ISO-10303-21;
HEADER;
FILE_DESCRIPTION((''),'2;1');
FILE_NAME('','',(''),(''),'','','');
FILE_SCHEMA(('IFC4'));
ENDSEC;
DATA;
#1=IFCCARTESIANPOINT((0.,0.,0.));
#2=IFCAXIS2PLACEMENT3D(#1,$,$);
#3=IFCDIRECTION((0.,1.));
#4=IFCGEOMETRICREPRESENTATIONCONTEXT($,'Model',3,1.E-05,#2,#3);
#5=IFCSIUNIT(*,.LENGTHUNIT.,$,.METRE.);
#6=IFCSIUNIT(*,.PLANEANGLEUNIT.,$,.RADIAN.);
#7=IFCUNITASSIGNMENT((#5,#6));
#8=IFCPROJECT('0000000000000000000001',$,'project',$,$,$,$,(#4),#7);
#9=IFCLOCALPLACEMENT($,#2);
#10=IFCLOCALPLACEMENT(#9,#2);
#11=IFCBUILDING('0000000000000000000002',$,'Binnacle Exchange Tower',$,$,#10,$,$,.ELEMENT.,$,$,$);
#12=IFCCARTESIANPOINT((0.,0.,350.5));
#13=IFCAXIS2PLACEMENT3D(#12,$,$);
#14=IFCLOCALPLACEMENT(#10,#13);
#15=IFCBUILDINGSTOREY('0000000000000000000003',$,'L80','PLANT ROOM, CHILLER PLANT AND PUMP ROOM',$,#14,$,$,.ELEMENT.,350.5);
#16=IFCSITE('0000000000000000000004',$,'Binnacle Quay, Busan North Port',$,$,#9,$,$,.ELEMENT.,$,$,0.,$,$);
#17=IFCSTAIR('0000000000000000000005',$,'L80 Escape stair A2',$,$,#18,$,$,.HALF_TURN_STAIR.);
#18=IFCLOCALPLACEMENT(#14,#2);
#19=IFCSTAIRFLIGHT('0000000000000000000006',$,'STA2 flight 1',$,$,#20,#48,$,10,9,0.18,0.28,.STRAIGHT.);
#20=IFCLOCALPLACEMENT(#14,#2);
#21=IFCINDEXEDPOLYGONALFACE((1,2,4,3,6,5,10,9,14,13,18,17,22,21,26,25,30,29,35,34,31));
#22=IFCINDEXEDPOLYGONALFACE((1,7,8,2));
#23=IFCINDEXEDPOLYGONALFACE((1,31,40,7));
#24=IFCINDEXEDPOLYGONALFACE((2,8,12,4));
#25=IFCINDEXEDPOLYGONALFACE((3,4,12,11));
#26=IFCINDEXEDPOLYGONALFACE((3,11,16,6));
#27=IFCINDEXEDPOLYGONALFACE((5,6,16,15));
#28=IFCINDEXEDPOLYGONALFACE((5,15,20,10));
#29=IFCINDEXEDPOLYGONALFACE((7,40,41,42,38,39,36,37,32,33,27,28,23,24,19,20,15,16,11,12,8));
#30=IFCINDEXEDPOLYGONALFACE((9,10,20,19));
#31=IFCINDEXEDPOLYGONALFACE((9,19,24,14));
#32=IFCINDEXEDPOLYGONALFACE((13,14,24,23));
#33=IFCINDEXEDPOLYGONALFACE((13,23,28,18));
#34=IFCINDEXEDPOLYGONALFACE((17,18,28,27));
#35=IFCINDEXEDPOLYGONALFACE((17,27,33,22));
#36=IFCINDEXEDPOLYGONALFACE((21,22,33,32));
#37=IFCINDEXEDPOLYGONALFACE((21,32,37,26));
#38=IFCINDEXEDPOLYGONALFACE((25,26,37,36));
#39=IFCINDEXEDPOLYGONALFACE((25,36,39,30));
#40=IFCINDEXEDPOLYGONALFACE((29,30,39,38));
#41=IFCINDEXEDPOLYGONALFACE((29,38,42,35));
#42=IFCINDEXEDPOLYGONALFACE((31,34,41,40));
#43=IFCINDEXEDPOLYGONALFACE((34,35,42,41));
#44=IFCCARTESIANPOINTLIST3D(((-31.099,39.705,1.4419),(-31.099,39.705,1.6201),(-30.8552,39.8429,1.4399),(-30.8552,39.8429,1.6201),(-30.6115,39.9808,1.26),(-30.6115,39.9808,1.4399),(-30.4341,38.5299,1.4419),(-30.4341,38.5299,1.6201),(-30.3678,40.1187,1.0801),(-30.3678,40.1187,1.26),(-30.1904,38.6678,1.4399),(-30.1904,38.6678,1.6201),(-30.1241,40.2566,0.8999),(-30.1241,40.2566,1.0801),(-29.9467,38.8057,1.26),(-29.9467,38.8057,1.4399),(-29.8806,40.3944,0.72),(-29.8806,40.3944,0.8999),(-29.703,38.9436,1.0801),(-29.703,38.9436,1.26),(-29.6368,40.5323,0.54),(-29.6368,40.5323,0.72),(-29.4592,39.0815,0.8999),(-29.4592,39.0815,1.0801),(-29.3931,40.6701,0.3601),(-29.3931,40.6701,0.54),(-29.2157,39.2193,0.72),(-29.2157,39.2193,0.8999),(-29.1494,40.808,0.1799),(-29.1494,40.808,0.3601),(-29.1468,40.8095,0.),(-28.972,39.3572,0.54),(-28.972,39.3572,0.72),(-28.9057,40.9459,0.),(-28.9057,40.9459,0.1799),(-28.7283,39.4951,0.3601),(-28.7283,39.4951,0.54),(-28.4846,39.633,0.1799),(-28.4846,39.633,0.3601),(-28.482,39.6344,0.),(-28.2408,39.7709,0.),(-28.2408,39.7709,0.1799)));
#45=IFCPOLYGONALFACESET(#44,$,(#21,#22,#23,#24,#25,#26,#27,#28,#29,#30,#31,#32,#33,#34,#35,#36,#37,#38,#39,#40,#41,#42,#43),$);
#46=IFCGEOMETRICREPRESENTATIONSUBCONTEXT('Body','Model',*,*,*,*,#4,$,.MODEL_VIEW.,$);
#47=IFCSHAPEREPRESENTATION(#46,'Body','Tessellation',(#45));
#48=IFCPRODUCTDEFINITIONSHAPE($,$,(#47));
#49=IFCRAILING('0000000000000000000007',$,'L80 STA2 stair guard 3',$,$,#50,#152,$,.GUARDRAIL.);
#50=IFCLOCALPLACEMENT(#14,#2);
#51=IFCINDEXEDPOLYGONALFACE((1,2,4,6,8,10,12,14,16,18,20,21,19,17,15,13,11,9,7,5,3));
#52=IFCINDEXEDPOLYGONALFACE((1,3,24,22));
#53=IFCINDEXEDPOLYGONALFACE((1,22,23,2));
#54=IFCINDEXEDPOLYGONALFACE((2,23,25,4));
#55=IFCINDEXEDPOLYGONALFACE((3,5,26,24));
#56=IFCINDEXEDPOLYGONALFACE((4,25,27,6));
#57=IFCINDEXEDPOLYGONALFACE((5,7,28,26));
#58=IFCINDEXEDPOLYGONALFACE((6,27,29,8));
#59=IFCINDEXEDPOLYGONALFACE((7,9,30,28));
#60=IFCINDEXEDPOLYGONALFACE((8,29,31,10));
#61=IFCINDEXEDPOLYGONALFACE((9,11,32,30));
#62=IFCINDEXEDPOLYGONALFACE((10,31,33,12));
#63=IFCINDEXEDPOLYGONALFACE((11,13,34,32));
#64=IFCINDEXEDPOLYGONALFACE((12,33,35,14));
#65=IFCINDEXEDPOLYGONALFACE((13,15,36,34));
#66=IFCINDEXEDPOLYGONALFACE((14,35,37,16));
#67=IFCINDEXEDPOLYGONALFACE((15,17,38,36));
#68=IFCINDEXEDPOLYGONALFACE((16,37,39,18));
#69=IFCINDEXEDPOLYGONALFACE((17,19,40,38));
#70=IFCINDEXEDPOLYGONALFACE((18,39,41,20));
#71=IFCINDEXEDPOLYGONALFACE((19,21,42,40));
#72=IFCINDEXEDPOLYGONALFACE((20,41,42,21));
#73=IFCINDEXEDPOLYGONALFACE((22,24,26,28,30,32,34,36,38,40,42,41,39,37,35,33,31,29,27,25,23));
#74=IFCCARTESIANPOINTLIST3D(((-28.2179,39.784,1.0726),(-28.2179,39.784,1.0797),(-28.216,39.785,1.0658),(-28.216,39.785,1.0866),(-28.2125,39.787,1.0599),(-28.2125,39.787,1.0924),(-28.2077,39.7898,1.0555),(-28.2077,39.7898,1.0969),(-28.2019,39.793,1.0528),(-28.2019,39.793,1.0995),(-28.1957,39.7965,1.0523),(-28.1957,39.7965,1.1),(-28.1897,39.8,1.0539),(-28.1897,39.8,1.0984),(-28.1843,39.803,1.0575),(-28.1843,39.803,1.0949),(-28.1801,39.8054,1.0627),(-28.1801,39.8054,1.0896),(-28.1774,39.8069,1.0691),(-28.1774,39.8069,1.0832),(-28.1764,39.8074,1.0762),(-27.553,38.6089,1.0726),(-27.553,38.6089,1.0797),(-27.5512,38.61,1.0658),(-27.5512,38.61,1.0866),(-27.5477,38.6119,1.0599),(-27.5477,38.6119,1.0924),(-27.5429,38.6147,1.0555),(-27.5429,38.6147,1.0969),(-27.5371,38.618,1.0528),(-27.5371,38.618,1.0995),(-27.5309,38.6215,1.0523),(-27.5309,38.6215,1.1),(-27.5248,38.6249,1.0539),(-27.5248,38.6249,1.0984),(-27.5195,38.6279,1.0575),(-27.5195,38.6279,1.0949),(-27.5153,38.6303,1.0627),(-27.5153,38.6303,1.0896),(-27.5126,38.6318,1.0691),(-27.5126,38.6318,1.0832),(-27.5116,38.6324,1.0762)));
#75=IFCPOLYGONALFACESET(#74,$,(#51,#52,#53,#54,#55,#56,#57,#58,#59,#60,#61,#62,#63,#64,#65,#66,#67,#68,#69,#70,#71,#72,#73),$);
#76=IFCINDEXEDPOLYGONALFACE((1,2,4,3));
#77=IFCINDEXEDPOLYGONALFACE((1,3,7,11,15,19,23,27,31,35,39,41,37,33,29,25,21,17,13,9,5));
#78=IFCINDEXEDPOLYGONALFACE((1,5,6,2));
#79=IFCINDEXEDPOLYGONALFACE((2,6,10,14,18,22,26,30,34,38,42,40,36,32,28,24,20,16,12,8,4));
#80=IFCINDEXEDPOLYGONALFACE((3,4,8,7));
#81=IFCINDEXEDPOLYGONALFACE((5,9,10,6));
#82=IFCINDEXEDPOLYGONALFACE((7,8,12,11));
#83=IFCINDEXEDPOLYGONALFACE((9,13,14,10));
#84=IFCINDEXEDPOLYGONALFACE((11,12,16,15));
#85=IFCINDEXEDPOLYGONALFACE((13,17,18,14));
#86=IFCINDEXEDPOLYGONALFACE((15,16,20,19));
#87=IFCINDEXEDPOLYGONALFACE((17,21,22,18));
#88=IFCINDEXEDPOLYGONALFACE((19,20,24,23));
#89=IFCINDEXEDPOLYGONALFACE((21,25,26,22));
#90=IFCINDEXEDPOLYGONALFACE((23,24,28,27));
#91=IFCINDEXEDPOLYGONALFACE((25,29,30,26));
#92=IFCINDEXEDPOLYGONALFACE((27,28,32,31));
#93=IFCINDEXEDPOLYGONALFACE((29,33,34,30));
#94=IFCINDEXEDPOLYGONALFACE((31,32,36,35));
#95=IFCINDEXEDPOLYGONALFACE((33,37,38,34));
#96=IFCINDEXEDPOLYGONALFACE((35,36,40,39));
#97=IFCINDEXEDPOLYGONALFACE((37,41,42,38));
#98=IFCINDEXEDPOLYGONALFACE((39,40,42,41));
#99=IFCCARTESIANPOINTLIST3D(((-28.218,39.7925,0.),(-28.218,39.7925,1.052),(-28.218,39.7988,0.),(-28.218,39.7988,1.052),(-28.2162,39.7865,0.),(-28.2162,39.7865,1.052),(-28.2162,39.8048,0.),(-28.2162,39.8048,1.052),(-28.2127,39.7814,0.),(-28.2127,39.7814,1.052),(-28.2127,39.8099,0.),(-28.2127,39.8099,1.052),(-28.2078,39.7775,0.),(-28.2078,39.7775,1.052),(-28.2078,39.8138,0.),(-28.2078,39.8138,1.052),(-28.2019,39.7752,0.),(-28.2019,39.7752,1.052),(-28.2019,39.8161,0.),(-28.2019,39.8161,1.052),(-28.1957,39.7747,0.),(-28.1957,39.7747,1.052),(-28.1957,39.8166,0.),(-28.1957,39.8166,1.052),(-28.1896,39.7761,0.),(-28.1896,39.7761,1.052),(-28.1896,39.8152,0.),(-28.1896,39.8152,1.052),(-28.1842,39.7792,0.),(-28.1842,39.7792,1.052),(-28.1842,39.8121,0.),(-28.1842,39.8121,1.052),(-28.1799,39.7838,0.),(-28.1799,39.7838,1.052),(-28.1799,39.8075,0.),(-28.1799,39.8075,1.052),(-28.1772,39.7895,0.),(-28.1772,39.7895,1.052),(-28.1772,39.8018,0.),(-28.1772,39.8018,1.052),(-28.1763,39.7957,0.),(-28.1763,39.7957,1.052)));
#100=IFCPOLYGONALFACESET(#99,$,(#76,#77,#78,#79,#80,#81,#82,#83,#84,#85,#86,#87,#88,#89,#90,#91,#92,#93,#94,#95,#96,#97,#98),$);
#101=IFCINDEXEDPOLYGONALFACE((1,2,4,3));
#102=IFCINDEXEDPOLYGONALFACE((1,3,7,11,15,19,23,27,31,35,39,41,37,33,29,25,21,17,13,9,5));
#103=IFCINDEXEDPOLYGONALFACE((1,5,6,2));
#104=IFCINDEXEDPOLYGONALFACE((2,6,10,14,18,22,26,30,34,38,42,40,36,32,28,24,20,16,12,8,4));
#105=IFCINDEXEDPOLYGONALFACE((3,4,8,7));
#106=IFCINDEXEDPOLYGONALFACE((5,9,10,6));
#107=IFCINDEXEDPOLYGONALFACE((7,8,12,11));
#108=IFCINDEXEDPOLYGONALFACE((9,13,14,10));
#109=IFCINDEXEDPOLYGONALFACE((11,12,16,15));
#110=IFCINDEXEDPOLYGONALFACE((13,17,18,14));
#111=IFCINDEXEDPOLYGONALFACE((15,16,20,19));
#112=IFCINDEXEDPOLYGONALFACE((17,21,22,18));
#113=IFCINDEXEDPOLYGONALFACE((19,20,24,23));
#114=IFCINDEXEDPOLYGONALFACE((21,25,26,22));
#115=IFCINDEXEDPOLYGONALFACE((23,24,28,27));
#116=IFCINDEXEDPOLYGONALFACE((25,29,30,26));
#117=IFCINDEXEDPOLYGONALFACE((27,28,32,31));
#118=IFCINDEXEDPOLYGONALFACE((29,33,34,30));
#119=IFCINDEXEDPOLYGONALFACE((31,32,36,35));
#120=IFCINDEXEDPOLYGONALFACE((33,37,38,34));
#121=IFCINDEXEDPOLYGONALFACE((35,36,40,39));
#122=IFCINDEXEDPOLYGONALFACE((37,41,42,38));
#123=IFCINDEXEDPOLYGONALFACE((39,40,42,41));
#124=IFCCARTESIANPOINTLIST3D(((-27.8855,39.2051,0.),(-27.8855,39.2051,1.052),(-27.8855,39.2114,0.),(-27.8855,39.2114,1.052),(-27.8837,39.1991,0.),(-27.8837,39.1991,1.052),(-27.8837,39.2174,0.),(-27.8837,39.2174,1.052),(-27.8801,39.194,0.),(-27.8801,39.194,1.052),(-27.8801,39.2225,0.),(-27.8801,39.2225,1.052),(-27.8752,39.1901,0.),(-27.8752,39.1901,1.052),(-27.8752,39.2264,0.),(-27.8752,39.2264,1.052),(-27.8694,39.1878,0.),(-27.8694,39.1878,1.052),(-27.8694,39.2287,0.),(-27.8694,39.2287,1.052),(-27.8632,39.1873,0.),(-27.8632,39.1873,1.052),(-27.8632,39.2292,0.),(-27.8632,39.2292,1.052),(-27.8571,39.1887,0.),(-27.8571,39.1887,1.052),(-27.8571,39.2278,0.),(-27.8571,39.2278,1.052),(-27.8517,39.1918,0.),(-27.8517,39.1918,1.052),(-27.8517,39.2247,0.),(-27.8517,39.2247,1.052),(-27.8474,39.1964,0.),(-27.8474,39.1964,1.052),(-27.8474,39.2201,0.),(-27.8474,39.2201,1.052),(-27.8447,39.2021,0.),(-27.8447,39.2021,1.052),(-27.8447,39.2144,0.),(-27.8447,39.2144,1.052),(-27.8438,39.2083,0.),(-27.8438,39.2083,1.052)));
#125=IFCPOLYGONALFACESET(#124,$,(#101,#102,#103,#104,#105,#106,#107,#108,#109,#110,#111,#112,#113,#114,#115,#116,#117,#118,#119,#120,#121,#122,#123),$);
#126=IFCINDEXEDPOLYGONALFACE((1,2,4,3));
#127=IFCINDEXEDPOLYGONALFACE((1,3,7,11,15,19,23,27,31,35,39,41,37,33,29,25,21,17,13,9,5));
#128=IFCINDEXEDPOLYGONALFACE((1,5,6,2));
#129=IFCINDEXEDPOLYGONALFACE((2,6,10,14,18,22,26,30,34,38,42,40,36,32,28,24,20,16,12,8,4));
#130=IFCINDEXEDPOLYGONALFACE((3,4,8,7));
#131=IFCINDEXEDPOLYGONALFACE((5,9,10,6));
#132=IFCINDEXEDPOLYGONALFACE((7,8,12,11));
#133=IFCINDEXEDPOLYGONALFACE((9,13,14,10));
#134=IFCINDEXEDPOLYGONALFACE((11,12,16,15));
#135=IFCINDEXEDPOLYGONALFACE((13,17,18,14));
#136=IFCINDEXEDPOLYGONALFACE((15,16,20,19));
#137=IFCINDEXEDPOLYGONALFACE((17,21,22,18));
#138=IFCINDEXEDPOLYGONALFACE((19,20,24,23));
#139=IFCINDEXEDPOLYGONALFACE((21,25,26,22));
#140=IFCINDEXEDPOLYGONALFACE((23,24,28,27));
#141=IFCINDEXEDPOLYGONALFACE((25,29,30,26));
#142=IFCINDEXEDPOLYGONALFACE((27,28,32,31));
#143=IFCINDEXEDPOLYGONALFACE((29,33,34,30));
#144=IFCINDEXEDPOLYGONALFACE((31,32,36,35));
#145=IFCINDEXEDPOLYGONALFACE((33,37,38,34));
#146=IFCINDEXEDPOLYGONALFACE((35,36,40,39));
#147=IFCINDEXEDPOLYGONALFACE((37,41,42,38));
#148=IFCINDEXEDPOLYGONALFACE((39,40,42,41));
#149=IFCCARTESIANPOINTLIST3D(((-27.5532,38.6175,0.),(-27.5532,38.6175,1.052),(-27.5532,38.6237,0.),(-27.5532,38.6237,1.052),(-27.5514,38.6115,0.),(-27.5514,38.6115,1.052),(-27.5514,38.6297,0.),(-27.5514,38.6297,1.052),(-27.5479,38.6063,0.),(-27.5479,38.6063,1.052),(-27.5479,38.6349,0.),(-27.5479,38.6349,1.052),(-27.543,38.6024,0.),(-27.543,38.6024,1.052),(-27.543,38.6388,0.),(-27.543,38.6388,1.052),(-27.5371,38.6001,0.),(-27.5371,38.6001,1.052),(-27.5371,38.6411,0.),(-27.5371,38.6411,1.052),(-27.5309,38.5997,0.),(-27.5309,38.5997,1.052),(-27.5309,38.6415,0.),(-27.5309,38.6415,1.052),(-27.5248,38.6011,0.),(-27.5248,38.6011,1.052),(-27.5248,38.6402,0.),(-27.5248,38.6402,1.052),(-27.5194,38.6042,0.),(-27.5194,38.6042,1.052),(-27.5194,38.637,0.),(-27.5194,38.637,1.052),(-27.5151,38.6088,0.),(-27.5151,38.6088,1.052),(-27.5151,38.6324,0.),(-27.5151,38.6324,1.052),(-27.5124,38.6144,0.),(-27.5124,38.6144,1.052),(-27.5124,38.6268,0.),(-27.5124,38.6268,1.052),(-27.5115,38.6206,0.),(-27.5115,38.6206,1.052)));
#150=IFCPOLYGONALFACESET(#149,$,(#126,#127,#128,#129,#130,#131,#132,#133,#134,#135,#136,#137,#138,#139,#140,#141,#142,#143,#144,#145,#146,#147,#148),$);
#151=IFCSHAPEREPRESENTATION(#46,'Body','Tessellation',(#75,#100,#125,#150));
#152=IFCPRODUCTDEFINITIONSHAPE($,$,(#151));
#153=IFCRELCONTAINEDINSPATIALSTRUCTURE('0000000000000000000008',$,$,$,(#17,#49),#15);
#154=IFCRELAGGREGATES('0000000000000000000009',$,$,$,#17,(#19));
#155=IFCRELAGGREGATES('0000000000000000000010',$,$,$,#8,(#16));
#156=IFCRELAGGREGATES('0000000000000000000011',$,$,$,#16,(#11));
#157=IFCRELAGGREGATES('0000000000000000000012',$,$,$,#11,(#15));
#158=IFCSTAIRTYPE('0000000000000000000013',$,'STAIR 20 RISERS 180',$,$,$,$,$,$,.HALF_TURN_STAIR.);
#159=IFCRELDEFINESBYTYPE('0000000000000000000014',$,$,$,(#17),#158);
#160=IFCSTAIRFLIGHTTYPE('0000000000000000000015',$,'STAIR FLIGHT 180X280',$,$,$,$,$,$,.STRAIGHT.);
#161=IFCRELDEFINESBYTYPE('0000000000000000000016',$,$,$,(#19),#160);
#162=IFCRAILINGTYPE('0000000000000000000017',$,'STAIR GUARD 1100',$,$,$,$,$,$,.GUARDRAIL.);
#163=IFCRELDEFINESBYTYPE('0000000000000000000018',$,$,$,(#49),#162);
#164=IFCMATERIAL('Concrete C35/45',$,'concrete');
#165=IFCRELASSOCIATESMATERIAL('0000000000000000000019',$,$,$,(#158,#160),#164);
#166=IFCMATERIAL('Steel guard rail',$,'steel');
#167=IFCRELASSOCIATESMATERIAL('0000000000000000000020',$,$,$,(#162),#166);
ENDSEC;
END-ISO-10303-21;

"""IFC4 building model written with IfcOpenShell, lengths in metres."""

from ifc_helpers import new_model, si_unit, direction, frame, origin, origin_2d, place, context, subcontext, project, spatial, polyline, circle, outline, extrude, material, type_object, element, aggregate, save


model = new_model("IFC4")

# Units and contexts
model_context = context("Model", 3, precision=1e-05, world=origin(), true_north=direction((0.0, 1.0)))
body_context = subcontext(model_context, "Body", "Model", "MODEL_VIEW")
ifc_project = project(units=[si_unit("LENGTHUNIT", "METRE"), si_unit("PLANEANGLEUNIT", "RADIAN")], contexts=[model_context])

# Site, building, storey
site_placement = place(None, origin())
site = spatial("IfcSite", under=ifc_project, at=site_placement, Name="Binnacle Quay, Busan North Port", CompositionType="ELEMENT", RefElevation=0.0)
building_placement = place(site_placement, origin())
building = spatial("IfcBuilding", under=site, at=building_placement, Name="Binnacle Exchange Tower", CompositionType="ELEMENT")
storey_placement = place(building_placement, frame((0.0, 0.0, 350.5)))
storey = spatial("IfcBuildingStorey", under=building, at=storey_placement, Name="L80", Description="PLANT ROOM, CHILLER PLANT AND PUMP ROOM", CompositionType="ELEMENT", Elevation=350.5)

# Stair, stair flight
ifc_material_1 = material(Name="Concrete C35/45", Category="concrete")
stair_type = type_object("IfcStairType", Name="STAIR 20 RISERS 180", PredefinedType="HALF_TURN_STAIR", material=ifc_material_1)
stair_placement = place(storey_placement, origin())
stair = element("IfcStair", 1, at=stair_placement, inside=storey, type_object=stair_type, Name="L80 Escape stair A2", PredefinedType="HALF_TURN_STAIR")
stair_flight_type = type_object("IfcStairFlightType", Name="STAIR FLIGHT 180X280", PredefinedType="STRAIGHT", material=ifc_material_1)
stair_flight_placement = place(storey_placement, frame((-28.5732, 40.3584, 0.0), z_axis=(0.0, 0.0, 1.0), x_axis=(-0.870356, -0.492424, 0.0)))
stair_flight = element("IfcStairFlight", 2, at=stair_flight_placement, type_object=stair_flight_type, Name="STA2 flight 1", NumberOfRisers=10, NumberOfTreads=9, PredefinedType="STRAIGHT", RiserHeight=0.18, TreadLength=0.28, context=body_context, shape_type="SweptSolid", body=[
    extrude(outline(polyline([(0.0, 0.0), (0.0, 0.1799), (0.28, 0.1799), (0.28, 0.3601), (0.5601, 0.3601), (0.5601, 0.54), (0.8401, 0.54), (0.8401, 0.72), (1.1201, 0.72), (1.1201, 0.8999), (1.3999, 0.8999), (1.3999, 1.0801), (1.6799, 1.0801), (1.6799, 1.26), (1.96, 1.26), (1.96, 1.4399), (2.24, 1.4399), (2.24, 1.6201), (2.52, 1.6201), (2.52, 1.8), (2.52, 1.4419), (0.2771, 0.0), (0.0, 0.0)])), frame((0.0, 0.675, 0.0), z_axis=(0.0, -1.0, 0.0), x_axis=(1.0, 0.0, 0.0)), (0.0, 0.0, 1.0), 1.3501),
])
aggregate(stair, [stair_flight])

# Railing
ifc_material_2 = material(Name="Steel guard rail", Category="steel")
railing_type_1 = type_object("IfcRailingType", Name="STAIR GUARD 1100", PredefinedType="GUARDRAIL", material=ifc_material_2)
railing_1_placement = place(storey_placement, frame((-28.1973, 39.7957, 0.0)))
element("IfcRailing", 3, at=railing_1_placement, inside=storey, type_object=railing_type_1, Name="L80 STA2 stair guard 3", PredefinedType="GUARDRAIL", context=body_context, shape_type="SweptSolid", body=[
    extrude(circle(Radius=0.0239, at=origin_2d()), frame((0.0, 0.0, 1.0762), z_axis=(0.492415, -0.870361, 0.0), x_axis=(0.870361, 0.492415, 0.0)), (0.0, 0.0, 1.0), 1.3501),
    extrude(circle(Radius=0.021, at=origin_2d()), origin(), (0.0, 0.0, 1.0), 1.052),
    extrude(circle(Radius=0.021, at=origin_2d()), frame((0.3325, -0.5874, 0.0)), (0.0, 0.0, 1.0), 1.052),
    extrude(circle(Radius=0.021, at=origin_2d()), frame((0.6648, -1.175, 0.0)), (0.0, 0.0, 1.0), 1.052),
])

save(model, "model.ifc")
